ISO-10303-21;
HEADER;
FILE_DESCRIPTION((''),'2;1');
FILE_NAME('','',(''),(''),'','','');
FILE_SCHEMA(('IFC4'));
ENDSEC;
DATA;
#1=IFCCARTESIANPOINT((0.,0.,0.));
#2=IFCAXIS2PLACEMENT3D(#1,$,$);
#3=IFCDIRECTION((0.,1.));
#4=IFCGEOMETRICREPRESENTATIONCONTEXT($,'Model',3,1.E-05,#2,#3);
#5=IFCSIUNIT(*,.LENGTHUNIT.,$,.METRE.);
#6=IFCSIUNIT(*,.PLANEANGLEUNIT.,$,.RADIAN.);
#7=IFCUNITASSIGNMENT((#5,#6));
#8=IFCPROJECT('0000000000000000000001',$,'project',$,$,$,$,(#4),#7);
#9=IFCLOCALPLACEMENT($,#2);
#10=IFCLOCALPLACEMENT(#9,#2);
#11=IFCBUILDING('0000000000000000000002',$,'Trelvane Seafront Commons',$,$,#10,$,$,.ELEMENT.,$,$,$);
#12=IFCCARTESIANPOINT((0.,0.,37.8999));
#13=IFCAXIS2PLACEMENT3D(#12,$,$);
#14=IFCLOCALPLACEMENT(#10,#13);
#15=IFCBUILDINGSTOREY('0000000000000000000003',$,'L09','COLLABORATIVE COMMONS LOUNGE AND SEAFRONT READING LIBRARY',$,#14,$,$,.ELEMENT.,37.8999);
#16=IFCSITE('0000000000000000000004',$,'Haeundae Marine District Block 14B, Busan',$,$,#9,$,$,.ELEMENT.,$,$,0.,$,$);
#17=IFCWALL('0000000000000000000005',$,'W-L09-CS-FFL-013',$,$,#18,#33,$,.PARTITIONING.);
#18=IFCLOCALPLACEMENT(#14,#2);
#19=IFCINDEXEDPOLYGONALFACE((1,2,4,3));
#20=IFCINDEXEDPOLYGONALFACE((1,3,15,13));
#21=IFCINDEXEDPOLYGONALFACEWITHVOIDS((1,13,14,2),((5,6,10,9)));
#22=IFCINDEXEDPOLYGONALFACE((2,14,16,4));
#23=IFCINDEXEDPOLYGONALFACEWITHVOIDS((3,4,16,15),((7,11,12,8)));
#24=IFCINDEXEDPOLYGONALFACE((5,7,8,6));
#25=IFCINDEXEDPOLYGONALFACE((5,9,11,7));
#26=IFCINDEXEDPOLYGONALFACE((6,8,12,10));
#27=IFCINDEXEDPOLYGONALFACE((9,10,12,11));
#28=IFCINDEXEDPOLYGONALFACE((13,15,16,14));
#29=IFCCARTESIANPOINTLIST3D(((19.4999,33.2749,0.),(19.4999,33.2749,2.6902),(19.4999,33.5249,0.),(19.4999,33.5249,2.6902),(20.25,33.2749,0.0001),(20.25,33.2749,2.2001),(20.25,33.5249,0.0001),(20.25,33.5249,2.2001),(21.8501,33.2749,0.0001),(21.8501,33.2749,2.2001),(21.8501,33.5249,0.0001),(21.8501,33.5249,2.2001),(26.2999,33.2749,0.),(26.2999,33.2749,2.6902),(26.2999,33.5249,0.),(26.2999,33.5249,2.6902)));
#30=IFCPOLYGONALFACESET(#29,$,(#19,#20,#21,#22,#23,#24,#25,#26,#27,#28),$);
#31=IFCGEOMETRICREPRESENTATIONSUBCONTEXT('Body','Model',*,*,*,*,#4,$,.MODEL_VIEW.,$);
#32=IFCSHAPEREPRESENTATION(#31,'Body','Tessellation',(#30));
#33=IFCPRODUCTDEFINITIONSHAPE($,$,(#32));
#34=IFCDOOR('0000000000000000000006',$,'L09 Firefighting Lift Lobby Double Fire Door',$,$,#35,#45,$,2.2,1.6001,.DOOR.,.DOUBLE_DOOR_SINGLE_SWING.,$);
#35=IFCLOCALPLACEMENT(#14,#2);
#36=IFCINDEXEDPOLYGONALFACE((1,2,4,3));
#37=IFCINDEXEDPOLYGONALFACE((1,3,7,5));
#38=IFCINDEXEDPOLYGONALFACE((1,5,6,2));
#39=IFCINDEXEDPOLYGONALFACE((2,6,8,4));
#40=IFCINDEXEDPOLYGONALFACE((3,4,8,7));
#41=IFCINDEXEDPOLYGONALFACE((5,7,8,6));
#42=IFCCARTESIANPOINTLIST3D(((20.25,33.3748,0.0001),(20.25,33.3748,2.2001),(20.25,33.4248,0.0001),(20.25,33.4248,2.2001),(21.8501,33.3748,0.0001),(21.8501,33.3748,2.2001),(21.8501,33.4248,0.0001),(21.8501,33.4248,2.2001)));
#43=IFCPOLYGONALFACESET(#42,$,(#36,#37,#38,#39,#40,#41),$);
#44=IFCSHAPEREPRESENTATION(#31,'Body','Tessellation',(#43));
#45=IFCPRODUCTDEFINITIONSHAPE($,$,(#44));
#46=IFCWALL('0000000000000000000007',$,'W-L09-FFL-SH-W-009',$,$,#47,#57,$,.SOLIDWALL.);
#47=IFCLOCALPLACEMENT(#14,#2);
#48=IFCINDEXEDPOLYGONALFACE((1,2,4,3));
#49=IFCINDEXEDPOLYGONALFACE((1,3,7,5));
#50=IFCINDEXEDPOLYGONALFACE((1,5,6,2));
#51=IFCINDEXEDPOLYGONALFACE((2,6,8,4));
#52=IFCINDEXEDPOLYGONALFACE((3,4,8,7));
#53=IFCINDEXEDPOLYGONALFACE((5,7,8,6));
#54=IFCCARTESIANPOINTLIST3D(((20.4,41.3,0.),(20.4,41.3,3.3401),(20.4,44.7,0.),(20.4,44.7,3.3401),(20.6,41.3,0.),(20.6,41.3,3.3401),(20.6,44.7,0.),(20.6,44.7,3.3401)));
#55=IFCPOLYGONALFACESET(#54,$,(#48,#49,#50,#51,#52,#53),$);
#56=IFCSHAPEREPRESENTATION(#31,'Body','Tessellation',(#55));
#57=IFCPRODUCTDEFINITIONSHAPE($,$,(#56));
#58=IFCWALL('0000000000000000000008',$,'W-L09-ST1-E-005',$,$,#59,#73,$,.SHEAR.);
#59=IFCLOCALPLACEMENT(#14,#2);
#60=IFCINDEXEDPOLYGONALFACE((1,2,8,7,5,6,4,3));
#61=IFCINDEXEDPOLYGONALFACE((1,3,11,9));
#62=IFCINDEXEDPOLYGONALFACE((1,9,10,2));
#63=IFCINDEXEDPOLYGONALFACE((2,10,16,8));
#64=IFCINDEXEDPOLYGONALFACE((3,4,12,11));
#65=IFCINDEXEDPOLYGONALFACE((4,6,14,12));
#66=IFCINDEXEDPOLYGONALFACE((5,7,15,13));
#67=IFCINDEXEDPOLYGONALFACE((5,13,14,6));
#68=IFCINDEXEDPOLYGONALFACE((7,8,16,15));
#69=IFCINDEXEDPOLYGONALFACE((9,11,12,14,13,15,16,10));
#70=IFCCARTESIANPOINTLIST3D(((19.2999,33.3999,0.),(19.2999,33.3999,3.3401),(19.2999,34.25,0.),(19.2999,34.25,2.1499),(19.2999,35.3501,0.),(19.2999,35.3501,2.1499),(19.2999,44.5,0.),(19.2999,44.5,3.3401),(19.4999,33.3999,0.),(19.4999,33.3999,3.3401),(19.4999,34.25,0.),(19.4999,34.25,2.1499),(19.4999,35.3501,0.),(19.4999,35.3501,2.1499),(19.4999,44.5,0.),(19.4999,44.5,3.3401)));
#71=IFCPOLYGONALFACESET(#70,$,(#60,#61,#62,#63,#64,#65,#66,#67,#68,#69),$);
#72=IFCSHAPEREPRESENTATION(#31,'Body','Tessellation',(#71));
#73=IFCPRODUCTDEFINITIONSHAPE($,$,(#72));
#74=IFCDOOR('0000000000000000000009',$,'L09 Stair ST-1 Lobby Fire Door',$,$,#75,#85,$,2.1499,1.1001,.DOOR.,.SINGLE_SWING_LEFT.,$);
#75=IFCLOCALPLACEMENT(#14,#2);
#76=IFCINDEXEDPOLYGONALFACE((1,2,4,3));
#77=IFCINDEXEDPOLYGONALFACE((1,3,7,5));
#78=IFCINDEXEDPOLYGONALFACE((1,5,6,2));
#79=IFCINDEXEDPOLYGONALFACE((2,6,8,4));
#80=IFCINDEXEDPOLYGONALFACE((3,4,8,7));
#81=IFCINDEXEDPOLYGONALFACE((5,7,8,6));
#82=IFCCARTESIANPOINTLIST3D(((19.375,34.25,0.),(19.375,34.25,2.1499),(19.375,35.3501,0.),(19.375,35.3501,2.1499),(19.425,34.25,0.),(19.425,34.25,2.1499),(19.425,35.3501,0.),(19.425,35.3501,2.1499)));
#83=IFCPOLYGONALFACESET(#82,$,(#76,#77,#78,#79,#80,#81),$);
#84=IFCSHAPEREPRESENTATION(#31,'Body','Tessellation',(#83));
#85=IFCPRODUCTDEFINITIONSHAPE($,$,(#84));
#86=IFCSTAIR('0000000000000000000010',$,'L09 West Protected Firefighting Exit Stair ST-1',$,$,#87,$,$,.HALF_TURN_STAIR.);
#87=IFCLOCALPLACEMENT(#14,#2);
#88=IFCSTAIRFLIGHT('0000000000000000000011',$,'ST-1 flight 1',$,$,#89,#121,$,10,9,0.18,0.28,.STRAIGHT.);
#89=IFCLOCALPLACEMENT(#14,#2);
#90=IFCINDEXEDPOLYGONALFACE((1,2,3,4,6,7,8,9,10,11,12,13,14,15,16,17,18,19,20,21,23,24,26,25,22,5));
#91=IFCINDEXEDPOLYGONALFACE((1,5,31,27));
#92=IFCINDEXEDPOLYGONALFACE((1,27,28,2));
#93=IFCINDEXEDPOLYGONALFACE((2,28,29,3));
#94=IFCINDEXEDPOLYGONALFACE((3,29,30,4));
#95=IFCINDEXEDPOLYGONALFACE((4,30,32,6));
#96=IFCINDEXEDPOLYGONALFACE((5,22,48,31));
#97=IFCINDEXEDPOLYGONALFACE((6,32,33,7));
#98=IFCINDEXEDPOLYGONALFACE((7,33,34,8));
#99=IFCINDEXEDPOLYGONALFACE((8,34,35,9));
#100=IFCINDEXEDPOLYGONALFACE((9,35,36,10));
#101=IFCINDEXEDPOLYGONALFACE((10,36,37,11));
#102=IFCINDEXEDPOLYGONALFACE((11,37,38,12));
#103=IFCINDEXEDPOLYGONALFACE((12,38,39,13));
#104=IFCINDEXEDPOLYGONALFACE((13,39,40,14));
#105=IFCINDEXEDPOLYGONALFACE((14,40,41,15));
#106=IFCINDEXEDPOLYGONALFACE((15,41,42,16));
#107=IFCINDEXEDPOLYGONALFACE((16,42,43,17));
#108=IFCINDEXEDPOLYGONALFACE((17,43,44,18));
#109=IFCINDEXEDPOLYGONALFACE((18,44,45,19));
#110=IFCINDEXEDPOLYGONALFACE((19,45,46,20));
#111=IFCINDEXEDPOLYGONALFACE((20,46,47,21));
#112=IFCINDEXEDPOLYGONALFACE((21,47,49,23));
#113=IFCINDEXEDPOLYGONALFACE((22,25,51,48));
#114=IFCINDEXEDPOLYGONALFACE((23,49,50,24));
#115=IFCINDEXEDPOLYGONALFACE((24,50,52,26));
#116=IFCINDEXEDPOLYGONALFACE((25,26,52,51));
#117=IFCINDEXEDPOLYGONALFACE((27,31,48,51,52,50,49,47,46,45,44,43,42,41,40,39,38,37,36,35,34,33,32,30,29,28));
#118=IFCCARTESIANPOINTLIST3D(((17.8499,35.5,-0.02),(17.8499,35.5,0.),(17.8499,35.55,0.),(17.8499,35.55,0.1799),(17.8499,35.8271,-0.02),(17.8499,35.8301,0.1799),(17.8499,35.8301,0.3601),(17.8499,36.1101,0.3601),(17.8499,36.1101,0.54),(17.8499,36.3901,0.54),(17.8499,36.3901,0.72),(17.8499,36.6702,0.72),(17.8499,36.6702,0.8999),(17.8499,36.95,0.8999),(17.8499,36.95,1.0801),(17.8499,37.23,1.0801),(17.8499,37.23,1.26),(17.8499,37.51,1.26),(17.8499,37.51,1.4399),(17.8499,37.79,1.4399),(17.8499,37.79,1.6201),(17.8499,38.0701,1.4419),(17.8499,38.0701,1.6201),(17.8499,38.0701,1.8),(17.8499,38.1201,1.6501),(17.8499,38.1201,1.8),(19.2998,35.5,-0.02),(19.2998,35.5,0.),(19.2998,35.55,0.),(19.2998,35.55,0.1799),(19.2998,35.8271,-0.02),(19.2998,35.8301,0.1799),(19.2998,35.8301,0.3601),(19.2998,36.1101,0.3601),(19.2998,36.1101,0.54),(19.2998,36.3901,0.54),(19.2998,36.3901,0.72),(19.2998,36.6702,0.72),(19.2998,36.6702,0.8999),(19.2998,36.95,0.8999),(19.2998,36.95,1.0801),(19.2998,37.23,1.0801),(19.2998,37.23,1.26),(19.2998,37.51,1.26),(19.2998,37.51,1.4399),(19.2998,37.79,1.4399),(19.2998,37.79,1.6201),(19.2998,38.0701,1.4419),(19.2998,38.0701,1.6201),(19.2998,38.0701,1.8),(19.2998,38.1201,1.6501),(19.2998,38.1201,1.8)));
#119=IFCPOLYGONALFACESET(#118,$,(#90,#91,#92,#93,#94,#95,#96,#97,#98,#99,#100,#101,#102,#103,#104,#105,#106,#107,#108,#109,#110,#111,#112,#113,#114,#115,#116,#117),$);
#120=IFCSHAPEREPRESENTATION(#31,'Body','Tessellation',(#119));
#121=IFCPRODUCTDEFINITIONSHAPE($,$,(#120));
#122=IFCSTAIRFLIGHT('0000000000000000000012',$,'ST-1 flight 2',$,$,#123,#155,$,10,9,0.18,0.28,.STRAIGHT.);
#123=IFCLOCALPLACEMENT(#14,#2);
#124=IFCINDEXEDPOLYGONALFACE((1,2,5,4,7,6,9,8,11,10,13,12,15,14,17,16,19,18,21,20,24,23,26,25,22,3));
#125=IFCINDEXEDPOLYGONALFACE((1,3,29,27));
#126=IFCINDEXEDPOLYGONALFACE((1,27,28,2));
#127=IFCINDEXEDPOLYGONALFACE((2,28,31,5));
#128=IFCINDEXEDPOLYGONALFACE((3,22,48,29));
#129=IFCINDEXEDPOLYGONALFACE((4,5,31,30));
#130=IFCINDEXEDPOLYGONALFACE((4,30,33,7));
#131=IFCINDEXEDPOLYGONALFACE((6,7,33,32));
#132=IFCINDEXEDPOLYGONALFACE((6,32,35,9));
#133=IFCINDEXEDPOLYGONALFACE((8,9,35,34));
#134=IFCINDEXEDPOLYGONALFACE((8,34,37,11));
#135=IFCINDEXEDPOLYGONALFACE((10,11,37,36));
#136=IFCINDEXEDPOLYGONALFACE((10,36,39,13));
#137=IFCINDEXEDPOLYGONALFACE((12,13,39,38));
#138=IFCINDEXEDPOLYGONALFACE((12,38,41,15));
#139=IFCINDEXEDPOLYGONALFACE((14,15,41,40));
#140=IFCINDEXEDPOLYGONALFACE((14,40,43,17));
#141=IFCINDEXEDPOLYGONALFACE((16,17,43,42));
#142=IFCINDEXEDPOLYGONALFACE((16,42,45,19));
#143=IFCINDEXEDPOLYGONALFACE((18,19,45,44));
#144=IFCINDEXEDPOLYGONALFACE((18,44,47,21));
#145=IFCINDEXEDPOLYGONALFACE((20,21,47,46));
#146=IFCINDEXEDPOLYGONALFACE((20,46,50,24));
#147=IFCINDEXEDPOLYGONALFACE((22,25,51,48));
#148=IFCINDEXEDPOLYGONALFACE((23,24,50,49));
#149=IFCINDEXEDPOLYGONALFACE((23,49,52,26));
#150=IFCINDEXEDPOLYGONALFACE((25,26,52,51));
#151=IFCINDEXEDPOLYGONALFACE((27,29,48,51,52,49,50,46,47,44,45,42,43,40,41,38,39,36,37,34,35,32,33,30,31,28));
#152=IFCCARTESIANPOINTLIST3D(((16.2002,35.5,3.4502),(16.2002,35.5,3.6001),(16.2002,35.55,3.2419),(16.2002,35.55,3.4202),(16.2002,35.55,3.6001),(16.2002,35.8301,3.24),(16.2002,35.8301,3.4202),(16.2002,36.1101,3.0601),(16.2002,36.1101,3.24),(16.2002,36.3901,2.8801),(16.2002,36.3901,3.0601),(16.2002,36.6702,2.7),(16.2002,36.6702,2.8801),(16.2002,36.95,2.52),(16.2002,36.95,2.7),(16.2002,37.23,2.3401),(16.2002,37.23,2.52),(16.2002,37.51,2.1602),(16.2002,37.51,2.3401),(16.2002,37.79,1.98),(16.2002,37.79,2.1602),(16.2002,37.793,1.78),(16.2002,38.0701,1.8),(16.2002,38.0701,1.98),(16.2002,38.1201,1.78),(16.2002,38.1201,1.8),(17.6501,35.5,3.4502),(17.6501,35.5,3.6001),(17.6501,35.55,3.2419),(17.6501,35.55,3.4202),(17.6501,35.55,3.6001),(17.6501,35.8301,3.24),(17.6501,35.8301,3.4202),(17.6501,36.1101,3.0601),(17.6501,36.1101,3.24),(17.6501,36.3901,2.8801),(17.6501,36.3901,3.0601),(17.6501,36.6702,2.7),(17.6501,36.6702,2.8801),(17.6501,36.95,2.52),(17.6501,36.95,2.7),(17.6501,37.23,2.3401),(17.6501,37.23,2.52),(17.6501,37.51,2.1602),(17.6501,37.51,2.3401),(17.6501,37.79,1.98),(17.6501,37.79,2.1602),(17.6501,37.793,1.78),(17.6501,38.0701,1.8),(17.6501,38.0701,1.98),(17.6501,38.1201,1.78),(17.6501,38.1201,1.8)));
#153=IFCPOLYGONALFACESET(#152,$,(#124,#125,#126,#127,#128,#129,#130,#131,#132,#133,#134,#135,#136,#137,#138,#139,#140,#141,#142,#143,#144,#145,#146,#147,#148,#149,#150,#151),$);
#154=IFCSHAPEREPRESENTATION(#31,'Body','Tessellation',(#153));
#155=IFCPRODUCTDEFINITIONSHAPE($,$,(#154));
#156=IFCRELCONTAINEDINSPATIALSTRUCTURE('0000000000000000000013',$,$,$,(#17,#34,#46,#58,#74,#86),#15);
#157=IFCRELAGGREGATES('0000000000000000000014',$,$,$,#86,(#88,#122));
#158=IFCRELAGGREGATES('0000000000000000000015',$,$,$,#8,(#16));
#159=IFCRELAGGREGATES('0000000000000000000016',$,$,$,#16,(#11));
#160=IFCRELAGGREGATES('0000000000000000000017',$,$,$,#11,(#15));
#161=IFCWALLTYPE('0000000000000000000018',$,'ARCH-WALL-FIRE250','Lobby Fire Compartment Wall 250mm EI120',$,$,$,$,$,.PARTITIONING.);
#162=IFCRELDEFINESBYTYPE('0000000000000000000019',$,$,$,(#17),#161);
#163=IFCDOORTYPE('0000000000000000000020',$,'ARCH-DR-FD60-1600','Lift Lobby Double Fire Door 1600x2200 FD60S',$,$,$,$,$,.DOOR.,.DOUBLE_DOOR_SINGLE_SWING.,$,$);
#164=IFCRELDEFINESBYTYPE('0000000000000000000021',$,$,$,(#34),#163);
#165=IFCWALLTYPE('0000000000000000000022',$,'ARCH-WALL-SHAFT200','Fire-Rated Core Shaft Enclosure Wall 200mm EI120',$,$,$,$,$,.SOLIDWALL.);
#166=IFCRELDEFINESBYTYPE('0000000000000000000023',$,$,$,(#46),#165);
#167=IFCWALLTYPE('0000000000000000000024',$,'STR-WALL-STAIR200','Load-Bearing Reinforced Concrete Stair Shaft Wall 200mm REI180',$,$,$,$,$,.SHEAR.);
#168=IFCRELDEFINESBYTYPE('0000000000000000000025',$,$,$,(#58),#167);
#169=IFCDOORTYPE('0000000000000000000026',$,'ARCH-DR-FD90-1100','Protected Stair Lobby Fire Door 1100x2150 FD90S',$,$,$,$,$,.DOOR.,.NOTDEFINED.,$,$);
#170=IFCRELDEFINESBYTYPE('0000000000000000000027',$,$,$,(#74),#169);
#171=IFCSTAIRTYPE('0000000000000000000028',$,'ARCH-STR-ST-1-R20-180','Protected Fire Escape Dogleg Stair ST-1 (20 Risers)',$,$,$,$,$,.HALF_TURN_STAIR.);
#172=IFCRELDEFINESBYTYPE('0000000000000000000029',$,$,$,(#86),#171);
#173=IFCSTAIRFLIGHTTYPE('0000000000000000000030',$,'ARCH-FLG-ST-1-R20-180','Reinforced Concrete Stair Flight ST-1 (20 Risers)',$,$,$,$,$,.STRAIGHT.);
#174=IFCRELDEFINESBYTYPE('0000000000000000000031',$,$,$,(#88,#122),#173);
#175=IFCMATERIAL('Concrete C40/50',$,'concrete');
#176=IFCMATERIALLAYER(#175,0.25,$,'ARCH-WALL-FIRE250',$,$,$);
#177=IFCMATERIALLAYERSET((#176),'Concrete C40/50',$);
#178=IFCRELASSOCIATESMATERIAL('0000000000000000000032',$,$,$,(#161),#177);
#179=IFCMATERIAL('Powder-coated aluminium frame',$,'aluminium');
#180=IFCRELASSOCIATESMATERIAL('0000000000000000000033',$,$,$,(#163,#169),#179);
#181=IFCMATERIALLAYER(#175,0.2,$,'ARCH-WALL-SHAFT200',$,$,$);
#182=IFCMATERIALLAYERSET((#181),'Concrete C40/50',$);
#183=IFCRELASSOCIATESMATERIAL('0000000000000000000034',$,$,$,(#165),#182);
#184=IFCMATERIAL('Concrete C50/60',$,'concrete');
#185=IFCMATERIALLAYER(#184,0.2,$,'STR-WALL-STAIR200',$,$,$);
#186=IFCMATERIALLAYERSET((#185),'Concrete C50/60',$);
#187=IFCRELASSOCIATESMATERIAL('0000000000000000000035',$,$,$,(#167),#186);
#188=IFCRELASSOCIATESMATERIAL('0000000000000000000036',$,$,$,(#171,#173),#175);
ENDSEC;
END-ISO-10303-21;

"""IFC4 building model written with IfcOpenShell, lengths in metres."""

from ifc_helpers import new_model, si_unit, direction, frame, frame_2d, origin, place, context, subcontext, project, spatial, polyline, rectangle, outline, extrude, source, transform, mapped, material, layer, layer_set, type_object, element, fill, aggregate, save


model = new_model("IFC4")

# Units and contexts
model_context = context("Model", 3, precision=1e-05, world=origin(), true_north=direction((0.0, 1.0)))
body_context = subcontext(model_context, "Body", "Model", "MODEL_VIEW")
ifc_project = project(units=[si_unit("LENGTHUNIT", "METRE"), si_unit("PLANEANGLEUNIT", "RADIAN")], contexts=[model_context])

# Site, building, storey
site_placement = place(None, origin())
site = spatial("IfcSite", under=ifc_project, at=site_placement, Name="Haeundae Marine District Block 14B, Busan", CompositionType="ELEMENT", RefElevation=0.0)
building_placement = place(site_placement, origin())
building = spatial("IfcBuilding", under=site, at=building_placement, Name="Trelvane Seafront Commons", CompositionType="ELEMENT")
storey_placement = place(building_placement, frame((0.0, 0.0, 37.8999)))
storey = spatial("IfcBuildingStorey", under=building, at=storey_placement, Name="L09", Description="COLLABORATIVE COMMONS LOUNGE AND SEAFRONT READING LIBRARY", CompositionType="ELEMENT", Elevation=37.8999)

# Wall, opening, door
ifc_material_1 = material(Name="Concrete C40/50", Category="concrete")
ifc_layer_1 = layer(ifc_material_1, 0.25, Name="ARCH-WALL-FIRE250")
ifc_layer_set_1 = layer_set([ifc_layer_1], Name="Concrete C40/50")
wall_type_1 = type_object("IfcWallType", Name="ARCH-WALL-FIRE250", Description="Lobby Fire Compartment Wall 250mm EI120", PredefinedType="PARTITIONING", material=ifc_layer_set_1)
wall_1_placement = place(storey_placement, frame((19.5, 33.3999, 0.0), z_axis=(0.0, 0.0, 1.0), x_axis=(1.0, 0.0, 0.0)))
wall_1 = element("IfcWall", 1, at=wall_1_placement, inside=storey, type_object=wall_type_1, Name="W-L09-CS-FFL-013", PredefinedType="PARTITIONING", context=body_context, shape_type="SweptSolid", body=[
    extrude(rectangle(XDim=6.8, YDim=0.25, at=frame_2d((3.3999, 0.0))), origin(), (0.0, 0.0, 1.0), 2.6902),
])
opening_1_placement = place(wall_1_placement, frame((0.75, 0.0, 0.0)))
opening_1 = element("IfcOpeningElement", 2, at=opening_1_placement, cuts=wall_1, PredefinedType="OPENING", context=body_context, shape_type="SweptSolid", body=[
    extrude(rectangle(XDim=1.6001, YDim=2.2, at=frame_2d((0.8, 1.1001))), frame((0.0, 0.135, 0.0), z_axis=(0.0, -1.0, 0.0), x_axis=(1.0, 0.0, 0.0)), (0.0, 0.0, 1.0), 0.27),
])
ifc_material_2 = material(Name="Powder-coated aluminium frame", Category="aluminium")
door_type_1 = type_object("IfcDoorType", Name="ARCH-DR-FD60-1600", Description="Lift Lobby Double Fire Door 1600x2200 FD60S", OperationType="DOUBLE_DOOR_SINGLE_SWING", PredefinedType="DOOR", material=ifc_material_2)
shared_shape_1 = source(origin(), body_context, "Body", "SweptSolid", [
    extrude(rectangle(XDim=1.6001, YDim=2.2, at=frame_2d((0.8, 1.1001))), frame((0.0, 0.0249, 0.0), z_axis=(0.0, -1.0, 0.0), x_axis=(1.0, 0.0, 0.0)), (0.0, 0.0, 1.0), 0.05),
])
door_1_placement = place(opening_1_placement, origin())
door_1 = element("IfcDoor", 3, at=door_1_placement, inside=storey, type_object=door_type_1, Name="L09 Firefighting Lift Lobby Double Fire Door", OperationType="DOUBLE_DOOR_SINGLE_SWING", OverallHeight=2.2, OverallWidth=1.6001, PredefinedType="DOOR", context=body_context, shape_type="MappedRepresentation", body=[
    mapped(shared_shape_1, transform((0.0, 0.0, 0.0), x_axis=(1.0, 0.0, 0.0), y_axis=(0.0, 1.0, 0.0), z_axis=(0.0, 0.0, 1.0), scale=1.0)),
])
fill(opening_1, door_1)

# Shared definitions
ifc_layer_2 = layer(ifc_material_1, 0.2, Name="ARCH-WALL-SHAFT200")
ifc_layer_set_2 = layer_set([ifc_layer_2], Name="Concrete C40/50")
wall_type_2 = type_object("IfcWallType", Name="ARCH-WALL-SHAFT200", Description="Fire-Rated Core Shaft Enclosure Wall 200mm EI120", PredefinedType="SOLIDWALL", material=ifc_layer_set_2)
shared_shape_2 = source(origin(), body_context, "Body", "SweptSolid", [
    extrude(rectangle(XDim=1.1001, YDim=2.1499, at=frame_2d((0.55, 1.075))), frame((0.0, 0.0249, 0.0), z_axis=(0.0, -1.0, 0.0), x_axis=(1.0, 0.0, 0.0)), (0.0, 0.0, 1.0), 0.05),
])

# Wall
wall_2_placement = place(storey_placement, frame((20.5, 41.3, 0.0), z_axis=(0.0, 0.0, 1.0), x_axis=(0.0, 1.0, 0.0)))
element("IfcWall", 4, at=wall_2_placement, inside=storey, type_object=wall_type_2, Name="W-L09-FFL-SH-W-009", PredefinedType="SOLIDWALL", context=body_context, shape_type="SweptSolid", body=[
    extrude(rectangle(XDim=3.3999, YDim=0.2, at=frame_2d((1.7, 0.0))), origin(), (0.0, 0.0, 1.0), 3.3401),
])

# Wall, opening, door
ifc_material_3 = material(Name="Concrete C50/60", Category="concrete")
ifc_layer_3 = layer(ifc_material_3, 0.2, Name="STR-WALL-STAIR200")
ifc_layer_set_3 = layer_set([ifc_layer_3], Name="Concrete C50/60")
wall_type_3 = type_object("IfcWallType", Name="STR-WALL-STAIR200", Description="Load-Bearing Reinforced Concrete Stair Shaft Wall 200mm REI180", PredefinedType="SHEAR", material=ifc_layer_set_3)
wall_3_placement = place(storey_placement, frame((19.3999, 33.3999, 0.0), z_axis=(0.0, 0.0, 1.0), x_axis=(0.0, 1.0, 0.0)))
wall_3 = element("IfcWall", 5, at=wall_3_placement, inside=storey, type_object=wall_type_3, Name="W-L09-ST1-E-005", PredefinedType="SHEAR", context=body_context, shape_type="SweptSolid", body=[
    extrude(rectangle(XDim=11.1001, YDim=0.2, at=frame_2d((5.55, 0.0))), origin(), (0.0, 0.0, 1.0), 3.3401),
])
opening_2_placement = place(wall_3_placement, frame((0.8501, 0.0, 0.0)))
opening_2 = element("IfcOpeningElement", 6, at=opening_2_placement, cuts=wall_3, PredefinedType="OPENING", context=body_context, shape_type="SweptSolid", body=[
    extrude(rectangle(XDim=1.1001, YDim=2.1499, at=frame_2d((0.55, 1.075))), frame((0.0, 0.1099, 0.0), z_axis=(0.0, -1.0, 0.0), x_axis=(1.0, 0.0, 0.0)), (0.0, 0.0, 1.0), 0.22),
])
door_type_2 = type_object("IfcDoorType", Name="ARCH-DR-FD90-1100", Description="Protected Stair Lobby Fire Door 1100x2150 FD90S", OperationType="NOTDEFINED", PredefinedType="DOOR", material=ifc_material_2)
door_2_placement = place(opening_2_placement, origin())
door_2 = element("IfcDoor", 7, at=door_2_placement, inside=storey, type_object=door_type_2, Name="L09 Stair ST-1 Lobby Fire Door", OperationType="SINGLE_SWING_LEFT", OverallHeight=2.1499, OverallWidth=1.1001, PredefinedType="DOOR", context=body_context, shape_type="MappedRepresentation", body=[
    mapped(shared_shape_2, transform((0.0, 0.0, 0.0), x_axis=(1.0, 0.0, 0.0), y_axis=(0.0, 1.0, 0.0), z_axis=(0.0, 0.0, 1.0), scale=1.0)),
])
fill(opening_2, door_2)

# Stair, stair flights
stair_type = type_object("IfcStairType", Name="ARCH-STR-ST-1-R20-180", Description="Protected Fire Escape Dogleg Stair ST-1 (20 Risers)", PredefinedType="HALF_TURN_STAIR", material=ifc_material_1)
stair_placement = place(storey_placement, origin())
stair = element("IfcStair", 8, at=stair_placement, inside=storey, type_object=stair_type, Name="L09 West Protected Firefighting Exit Stair ST-1", PredefinedType="HALF_TURN_STAIR")
stair_flight_type = type_object("IfcStairFlightType", Name="ARCH-FLG-ST-1-R20-180", Description="Reinforced Concrete Stair Flight ST-1 (20 Risers)", PredefinedType="STRAIGHT", material=ifc_material_1)
shared_shape_3 = source(origin(), body_context, "Body", "SweptSolid", [
    extrude(outline(polyline([(-0.05, -0.02), (-0.05, 0.0), (0.0, 0.0), (0.0, 0.1799), (0.28, 0.1799), (0.28, 0.3601), (0.5601, 0.3601), (0.5601, 0.54), (0.8401, 0.54), (0.8401, 0.72), (1.1201, 0.72), (1.1201, 0.8999), (1.3999, 0.8999), (1.3999, 1.0801), (1.6799, 1.0801), (1.6799, 1.26), (1.96, 1.26), (1.96, 1.4399), (2.24, 1.4399), (2.24, 1.6201), (2.52, 1.6201), (2.52, 1.8), (2.5701, 1.8), (2.5701, 1.6501), (2.52, 1.4419), (0.2771, -0.02), (-0.05, -0.02)])), frame((0.0, 0.7251, 0.0), z_axis=(0.0, -1.0, 0.0), x_axis=(1.0, 0.0, 0.0)), (0.0, 0.0, 1.0), 1.45),
])
stair_flight_1_placement = place(storey_placement, frame((18.575, 35.55, 0.0), z_axis=(0.0, 0.0, 1.0), x_axis=(0.0, 1.0, 0.0)))
stair_flight_1 = element("IfcStairFlight", 9, at=stair_flight_1_placement, type_object=stair_flight_type, Name="ST-1 flight 1", NumberOfRisers=10, NumberOfTreads=9, PredefinedType="STRAIGHT", RiserHeight=0.18, TreadLength=0.28, context=body_context, shape_type="MappedRepresentation", body=[
    mapped(shared_shape_3, transform((0.0, 0.0, 0.0), x_axis=(1.0, 0.0, 0.0), y_axis=(0.0, 1.0, 0.0), z_axis=(0.0, 0.0, 1.0), scale=1.0)),
])
stair_flight_2_placement = place(storey_placement, frame((16.925, 38.0701, 1.8), z_axis=(0.0, 0.0, 1.0), x_axis=(0.0, -1.0, 0.0)))
stair_flight_2 = element("IfcStairFlight", 10, at=stair_flight_2_placement, type_object=stair_flight_type, Name="ST-1 flight 2", NumberOfRisers=10, NumberOfTreads=9, PredefinedType="STRAIGHT", RiserHeight=0.18, TreadLength=0.28, context=body_context, shape_type="MappedRepresentation", body=[
    mapped(shared_shape_3, transform((0.0, 0.0, 0.0), x_axis=(1.0, 0.0, 0.0), y_axis=(0.0, 1.0, 0.0), z_axis=(0.0, 0.0, 1.0), scale=1.0)),
])
aggregate(stair, [stair_flight_1, stair_flight_2])

save(model, "model.ifc")
